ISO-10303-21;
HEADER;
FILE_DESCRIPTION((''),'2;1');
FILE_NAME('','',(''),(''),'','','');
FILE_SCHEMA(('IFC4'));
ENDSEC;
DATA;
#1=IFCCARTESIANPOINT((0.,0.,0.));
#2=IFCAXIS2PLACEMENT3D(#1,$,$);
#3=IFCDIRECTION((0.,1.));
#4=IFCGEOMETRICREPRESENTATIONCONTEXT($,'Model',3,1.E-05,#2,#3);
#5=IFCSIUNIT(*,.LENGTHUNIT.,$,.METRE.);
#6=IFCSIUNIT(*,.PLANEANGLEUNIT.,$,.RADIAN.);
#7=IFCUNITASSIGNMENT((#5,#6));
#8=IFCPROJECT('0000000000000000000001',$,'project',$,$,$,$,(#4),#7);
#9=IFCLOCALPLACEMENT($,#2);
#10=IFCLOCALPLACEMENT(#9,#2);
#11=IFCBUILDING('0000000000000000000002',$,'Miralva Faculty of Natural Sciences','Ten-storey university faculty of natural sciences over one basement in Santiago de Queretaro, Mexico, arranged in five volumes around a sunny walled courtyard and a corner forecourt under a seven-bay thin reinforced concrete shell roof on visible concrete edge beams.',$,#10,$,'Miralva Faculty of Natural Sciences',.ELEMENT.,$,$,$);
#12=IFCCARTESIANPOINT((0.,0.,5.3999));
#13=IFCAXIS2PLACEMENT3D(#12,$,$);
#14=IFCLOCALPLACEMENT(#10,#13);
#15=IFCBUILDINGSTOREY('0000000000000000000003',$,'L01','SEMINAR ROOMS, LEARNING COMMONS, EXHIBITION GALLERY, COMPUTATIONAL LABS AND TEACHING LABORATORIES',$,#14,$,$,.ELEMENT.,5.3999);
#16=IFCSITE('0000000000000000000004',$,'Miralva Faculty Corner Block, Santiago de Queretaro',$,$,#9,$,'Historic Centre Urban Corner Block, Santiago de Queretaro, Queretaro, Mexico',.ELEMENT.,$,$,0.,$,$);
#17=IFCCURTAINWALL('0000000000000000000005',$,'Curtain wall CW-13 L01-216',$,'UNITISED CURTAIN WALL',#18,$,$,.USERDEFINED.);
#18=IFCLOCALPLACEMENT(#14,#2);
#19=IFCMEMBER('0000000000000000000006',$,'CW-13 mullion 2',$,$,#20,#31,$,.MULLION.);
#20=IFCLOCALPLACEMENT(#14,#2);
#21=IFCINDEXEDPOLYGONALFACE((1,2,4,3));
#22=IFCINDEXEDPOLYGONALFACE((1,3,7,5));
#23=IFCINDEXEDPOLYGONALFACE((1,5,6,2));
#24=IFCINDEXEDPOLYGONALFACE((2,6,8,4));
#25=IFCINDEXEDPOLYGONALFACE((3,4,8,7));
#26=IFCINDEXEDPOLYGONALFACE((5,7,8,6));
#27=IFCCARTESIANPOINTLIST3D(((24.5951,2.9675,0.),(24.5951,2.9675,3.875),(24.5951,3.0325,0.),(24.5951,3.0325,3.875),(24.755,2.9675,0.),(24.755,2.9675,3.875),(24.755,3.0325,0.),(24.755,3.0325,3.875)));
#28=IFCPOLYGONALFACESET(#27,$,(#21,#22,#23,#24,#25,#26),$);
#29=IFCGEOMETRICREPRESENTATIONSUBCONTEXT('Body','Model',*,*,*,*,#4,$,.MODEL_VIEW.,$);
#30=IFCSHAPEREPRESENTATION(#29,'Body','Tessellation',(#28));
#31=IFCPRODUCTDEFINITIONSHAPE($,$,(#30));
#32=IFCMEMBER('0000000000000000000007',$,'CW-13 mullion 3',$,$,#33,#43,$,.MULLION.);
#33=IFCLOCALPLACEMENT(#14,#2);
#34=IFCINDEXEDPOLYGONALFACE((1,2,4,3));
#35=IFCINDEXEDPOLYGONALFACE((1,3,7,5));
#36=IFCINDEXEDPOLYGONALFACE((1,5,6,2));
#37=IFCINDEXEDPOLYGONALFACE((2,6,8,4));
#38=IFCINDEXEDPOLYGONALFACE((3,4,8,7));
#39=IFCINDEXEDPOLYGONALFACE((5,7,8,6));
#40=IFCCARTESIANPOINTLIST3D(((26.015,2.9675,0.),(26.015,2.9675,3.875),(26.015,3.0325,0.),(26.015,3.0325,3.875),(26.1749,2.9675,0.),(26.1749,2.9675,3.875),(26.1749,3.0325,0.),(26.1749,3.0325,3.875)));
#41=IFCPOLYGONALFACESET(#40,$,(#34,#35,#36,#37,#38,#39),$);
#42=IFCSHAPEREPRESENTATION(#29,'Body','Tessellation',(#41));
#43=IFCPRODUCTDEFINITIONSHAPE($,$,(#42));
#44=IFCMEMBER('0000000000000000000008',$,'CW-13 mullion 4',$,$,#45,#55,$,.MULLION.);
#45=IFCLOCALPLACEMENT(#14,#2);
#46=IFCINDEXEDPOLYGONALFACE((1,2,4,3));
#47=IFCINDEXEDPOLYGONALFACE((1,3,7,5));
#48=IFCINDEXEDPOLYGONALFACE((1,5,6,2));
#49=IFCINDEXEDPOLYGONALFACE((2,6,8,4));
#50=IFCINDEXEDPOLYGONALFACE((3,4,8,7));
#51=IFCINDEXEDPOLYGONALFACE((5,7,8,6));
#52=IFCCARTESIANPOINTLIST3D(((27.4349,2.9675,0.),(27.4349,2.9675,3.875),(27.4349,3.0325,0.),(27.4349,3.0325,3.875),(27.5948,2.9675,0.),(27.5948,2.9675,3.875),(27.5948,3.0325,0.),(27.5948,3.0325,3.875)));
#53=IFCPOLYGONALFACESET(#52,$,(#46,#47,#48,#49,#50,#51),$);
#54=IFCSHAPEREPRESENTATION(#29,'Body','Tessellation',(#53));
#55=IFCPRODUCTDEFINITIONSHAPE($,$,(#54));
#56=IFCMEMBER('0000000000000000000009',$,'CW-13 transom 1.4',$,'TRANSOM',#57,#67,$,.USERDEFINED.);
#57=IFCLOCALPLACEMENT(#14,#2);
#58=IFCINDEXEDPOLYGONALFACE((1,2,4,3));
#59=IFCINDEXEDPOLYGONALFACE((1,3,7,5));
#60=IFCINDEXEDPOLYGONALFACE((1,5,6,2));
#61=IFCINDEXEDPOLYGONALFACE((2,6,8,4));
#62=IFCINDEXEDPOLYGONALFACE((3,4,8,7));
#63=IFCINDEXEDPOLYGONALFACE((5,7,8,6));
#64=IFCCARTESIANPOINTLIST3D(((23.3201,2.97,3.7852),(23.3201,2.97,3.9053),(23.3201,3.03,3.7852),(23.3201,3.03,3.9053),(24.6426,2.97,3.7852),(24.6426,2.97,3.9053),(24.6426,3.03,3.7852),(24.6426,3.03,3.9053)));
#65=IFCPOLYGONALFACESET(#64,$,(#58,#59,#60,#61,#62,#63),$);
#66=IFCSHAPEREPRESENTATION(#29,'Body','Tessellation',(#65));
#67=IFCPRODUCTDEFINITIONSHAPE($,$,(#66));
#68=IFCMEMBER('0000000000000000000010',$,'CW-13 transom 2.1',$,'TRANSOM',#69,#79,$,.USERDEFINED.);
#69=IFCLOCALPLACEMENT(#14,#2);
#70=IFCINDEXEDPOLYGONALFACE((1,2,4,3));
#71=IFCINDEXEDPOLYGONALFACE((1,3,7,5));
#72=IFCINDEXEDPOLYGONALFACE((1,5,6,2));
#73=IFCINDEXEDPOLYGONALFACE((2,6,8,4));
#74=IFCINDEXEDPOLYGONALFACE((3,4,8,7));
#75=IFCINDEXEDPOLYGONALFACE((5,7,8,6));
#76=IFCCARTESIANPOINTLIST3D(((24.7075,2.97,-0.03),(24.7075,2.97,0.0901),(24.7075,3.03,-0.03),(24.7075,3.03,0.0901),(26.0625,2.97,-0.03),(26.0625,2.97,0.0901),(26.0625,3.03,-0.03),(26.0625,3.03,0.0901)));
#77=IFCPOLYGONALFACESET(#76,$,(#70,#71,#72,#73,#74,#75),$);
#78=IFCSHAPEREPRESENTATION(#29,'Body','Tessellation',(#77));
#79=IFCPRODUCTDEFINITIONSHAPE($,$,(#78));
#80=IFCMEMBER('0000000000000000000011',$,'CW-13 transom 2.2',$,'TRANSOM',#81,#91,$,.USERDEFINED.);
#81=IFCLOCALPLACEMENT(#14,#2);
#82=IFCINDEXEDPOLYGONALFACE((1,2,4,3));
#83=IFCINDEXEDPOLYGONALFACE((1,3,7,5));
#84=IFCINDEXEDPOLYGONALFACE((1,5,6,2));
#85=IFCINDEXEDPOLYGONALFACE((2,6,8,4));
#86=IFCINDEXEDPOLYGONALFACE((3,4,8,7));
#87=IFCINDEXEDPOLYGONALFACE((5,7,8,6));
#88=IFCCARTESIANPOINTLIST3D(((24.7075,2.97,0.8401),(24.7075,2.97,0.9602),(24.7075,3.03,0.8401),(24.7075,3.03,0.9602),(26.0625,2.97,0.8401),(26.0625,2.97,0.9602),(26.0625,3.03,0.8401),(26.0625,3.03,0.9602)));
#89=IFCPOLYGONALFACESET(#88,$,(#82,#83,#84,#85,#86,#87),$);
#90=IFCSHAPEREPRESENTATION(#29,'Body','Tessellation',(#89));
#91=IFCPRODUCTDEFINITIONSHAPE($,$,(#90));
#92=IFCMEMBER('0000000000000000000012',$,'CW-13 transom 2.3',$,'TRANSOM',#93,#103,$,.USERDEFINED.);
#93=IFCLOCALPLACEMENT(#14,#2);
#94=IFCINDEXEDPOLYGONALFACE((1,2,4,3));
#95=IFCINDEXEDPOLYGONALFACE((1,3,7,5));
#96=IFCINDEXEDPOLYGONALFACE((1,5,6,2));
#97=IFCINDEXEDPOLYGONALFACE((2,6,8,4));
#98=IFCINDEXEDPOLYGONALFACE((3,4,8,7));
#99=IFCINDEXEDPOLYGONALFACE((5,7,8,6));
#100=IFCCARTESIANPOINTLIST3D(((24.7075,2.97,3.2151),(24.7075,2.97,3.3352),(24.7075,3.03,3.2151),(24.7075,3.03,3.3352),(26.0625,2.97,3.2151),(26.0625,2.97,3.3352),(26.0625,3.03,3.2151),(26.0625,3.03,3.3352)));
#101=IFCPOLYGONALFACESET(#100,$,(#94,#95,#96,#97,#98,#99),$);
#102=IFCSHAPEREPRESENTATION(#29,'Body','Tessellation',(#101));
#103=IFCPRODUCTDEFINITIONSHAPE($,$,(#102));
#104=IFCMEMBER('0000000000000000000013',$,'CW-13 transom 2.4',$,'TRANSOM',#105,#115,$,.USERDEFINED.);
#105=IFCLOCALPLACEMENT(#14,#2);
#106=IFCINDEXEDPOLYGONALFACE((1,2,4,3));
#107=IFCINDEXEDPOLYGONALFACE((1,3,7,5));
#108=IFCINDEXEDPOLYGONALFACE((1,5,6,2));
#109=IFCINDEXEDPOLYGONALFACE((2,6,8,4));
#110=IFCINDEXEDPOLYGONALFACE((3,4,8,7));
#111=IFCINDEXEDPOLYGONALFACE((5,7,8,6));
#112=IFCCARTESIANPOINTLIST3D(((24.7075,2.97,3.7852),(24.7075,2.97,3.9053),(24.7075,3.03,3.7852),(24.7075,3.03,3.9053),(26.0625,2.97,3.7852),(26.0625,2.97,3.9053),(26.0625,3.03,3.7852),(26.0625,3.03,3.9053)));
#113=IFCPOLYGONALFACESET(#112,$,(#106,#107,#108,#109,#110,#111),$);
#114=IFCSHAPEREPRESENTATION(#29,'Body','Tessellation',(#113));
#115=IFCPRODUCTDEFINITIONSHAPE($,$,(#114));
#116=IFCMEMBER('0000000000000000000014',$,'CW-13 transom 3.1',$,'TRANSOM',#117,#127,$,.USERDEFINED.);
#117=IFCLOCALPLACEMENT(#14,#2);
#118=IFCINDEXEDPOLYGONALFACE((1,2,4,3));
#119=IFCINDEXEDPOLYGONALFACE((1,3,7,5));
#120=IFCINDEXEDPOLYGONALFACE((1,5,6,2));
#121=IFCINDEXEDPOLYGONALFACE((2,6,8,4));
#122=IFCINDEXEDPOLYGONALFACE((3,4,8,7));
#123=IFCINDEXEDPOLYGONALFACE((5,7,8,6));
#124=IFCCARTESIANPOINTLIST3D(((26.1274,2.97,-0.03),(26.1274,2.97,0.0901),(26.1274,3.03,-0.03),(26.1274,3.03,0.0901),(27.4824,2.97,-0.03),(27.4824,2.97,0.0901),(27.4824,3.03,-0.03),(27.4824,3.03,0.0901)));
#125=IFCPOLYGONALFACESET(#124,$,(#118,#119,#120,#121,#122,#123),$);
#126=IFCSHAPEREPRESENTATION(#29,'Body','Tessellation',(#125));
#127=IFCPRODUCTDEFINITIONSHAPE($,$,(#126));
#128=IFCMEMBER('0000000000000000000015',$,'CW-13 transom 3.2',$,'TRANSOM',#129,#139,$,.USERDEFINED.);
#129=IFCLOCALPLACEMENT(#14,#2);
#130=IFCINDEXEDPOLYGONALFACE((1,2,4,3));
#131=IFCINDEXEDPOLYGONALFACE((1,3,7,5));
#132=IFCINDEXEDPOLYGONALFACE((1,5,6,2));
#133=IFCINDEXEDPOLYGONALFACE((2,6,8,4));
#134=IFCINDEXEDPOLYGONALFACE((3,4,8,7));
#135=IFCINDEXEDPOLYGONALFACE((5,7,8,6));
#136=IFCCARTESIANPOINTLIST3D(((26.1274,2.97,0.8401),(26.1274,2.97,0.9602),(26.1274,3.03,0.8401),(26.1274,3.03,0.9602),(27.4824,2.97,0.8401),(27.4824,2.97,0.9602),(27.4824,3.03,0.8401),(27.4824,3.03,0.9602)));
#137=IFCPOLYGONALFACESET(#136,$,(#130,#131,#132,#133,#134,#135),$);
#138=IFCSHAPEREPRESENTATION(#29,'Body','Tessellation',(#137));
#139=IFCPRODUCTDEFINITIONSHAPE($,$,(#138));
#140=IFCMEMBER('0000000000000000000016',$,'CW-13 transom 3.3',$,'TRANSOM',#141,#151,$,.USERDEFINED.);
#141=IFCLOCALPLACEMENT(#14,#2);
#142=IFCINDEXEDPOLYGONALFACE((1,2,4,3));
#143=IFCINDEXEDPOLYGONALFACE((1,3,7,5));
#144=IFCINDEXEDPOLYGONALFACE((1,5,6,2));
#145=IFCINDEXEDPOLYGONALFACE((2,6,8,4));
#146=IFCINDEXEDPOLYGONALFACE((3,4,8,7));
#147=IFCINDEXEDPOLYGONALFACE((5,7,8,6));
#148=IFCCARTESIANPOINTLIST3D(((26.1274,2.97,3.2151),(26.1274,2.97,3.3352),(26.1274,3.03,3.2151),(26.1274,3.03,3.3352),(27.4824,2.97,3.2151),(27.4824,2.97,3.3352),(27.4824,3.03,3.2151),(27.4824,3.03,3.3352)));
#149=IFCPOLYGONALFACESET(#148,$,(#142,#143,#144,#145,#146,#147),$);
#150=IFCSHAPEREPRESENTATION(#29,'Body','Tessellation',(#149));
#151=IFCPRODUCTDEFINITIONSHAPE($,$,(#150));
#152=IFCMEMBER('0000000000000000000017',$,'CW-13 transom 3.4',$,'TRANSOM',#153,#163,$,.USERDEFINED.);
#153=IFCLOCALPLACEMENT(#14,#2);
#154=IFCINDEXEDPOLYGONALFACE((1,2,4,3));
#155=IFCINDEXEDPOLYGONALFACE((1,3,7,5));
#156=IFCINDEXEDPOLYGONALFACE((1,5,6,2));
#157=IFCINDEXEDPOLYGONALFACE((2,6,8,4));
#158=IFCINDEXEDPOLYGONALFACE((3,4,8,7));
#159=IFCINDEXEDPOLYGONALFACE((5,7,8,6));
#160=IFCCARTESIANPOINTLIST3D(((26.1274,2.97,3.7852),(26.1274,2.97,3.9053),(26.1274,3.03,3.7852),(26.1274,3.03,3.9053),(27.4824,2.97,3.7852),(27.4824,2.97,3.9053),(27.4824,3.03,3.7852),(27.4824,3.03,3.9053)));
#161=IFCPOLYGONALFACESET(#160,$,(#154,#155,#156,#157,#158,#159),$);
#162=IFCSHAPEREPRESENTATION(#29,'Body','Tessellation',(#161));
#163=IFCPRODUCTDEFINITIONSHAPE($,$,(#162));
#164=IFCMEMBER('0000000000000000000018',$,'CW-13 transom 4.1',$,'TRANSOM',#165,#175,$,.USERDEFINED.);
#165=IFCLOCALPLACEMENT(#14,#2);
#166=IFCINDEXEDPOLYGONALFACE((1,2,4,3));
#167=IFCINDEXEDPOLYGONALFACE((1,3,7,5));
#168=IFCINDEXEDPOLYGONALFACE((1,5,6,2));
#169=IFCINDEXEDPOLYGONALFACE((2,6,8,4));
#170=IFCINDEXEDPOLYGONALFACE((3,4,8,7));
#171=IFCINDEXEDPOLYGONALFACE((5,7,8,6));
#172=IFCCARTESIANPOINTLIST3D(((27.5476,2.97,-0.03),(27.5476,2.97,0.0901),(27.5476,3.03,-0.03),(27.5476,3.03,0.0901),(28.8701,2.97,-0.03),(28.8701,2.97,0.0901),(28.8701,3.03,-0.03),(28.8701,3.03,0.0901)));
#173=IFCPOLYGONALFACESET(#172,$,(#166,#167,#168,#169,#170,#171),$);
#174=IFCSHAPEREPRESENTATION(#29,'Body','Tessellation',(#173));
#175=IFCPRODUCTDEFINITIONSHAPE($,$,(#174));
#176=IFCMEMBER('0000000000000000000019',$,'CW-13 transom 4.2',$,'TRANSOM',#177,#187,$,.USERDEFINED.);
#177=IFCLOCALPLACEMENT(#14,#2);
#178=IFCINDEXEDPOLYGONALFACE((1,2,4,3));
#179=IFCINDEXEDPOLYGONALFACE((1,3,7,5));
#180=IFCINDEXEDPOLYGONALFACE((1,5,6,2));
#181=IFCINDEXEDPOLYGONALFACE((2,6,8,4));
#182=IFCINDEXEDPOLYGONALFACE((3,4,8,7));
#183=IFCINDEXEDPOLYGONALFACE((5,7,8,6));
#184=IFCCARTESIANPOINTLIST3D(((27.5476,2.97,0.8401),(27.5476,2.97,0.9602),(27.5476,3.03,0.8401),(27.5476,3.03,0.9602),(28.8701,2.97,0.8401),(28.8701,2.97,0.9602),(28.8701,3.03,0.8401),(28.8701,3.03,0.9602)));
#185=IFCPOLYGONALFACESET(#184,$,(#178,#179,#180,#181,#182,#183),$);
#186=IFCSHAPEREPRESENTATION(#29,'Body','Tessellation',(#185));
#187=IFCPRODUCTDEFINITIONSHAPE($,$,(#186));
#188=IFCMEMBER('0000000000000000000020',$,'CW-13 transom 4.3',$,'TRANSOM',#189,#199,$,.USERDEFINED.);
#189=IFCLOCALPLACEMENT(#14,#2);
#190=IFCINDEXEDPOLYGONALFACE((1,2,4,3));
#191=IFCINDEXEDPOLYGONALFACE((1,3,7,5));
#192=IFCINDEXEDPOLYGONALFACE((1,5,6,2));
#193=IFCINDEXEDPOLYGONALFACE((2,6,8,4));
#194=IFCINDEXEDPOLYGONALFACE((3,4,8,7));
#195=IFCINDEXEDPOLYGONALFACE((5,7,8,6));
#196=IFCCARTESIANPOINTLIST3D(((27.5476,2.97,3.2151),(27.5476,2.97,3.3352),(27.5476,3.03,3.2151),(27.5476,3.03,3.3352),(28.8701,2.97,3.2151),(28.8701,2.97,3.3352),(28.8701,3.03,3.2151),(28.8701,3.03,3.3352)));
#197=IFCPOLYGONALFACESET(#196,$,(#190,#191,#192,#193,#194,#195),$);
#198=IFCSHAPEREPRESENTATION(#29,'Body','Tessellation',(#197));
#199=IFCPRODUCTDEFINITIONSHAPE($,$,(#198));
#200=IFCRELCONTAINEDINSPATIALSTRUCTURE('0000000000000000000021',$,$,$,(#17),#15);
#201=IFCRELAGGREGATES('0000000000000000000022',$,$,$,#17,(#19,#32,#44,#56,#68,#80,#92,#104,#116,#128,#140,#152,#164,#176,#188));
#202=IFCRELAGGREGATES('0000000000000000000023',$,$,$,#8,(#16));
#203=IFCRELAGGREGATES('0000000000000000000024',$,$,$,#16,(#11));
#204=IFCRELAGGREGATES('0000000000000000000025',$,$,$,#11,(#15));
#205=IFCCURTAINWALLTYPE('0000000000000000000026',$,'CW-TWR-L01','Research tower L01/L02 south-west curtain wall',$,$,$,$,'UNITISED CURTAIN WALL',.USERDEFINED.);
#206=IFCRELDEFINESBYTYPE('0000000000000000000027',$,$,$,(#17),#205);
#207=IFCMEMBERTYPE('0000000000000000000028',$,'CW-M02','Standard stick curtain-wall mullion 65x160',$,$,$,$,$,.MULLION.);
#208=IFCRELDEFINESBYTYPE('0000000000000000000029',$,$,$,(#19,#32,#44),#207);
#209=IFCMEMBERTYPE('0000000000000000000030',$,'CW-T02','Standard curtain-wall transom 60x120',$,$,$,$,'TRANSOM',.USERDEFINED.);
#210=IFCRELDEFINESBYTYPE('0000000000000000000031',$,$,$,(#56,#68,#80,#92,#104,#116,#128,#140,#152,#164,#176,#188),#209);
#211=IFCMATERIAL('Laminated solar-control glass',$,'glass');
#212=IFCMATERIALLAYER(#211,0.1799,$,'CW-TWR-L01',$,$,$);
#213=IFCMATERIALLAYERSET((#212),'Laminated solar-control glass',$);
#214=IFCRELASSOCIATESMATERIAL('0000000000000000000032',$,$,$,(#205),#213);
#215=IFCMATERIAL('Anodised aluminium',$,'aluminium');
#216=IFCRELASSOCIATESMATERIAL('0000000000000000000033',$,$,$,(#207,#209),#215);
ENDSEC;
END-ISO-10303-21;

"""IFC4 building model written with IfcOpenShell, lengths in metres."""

from ifc_helpers import new_model, si_unit, direction, frame, origin, origin_2d, place, context, subcontext, project, spatial, rectangle, extrude, material, layer, layer_set, material_profile, profile_set, type_object, element, aggregate, save


model = new_model("IFC4")

# Units and contexts
model_context = context("Model", 3, precision=1e-05, world=origin(), true_north=direction((0.0, 1.0)))
body_context = subcontext(model_context, "Body", "Model", "MODEL_VIEW")
ifc_project = project(units=[si_unit("LENGTHUNIT", "METRE"), si_unit("PLANEANGLEUNIT", "RADIAN")], contexts=[model_context])

# Site, building, storey
site_placement = place(None, origin())
site = spatial("IfcSite", under=ifc_project, at=site_placement, Name="Miralva Faculty Corner Block, Santiago de Queretaro", LongName="Historic Centre Urban Corner Block, Santiago de Queretaro, Queretaro, Mexico", CompositionType="ELEMENT", RefElevation=0.0)
building_placement = place(site_placement, origin())
building = spatial("IfcBuilding", under=site, at=building_placement, Name="Miralva Faculty of Natural Sciences", Description="Ten-storey university faculty of natural sciences over one basement in Santiago de Queretaro, Mexico, arranged in five volumes around a sunny walled courtyard and a corner forecourt under a seven-bay thin reinforced concrete shell roof on visible concrete edge beams.", LongName="Miralva Faculty of Natural Sciences", CompositionType="ELEMENT")
storey_placement = place(building_placement, frame((0.0, 0.0, 5.3999)))
storey = spatial("IfcBuildingStorey", under=building, at=storey_placement, Name="L01", Description="SEMINAR ROOMS, LEARNING COMMONS, EXHIBITION GALLERY, COMPUTATIONAL LABS AND TEACHING LABORATORIES", CompositionType="ELEMENT", Elevation=5.3999)

# Curtain wall, members
ifc_material_1 = material(Name="Laminated solar-control glass", Category="glass")
ifc_layer_1 = layer(ifc_material_1, 0.1799, Name="CW-TWR-L01")
ifc_layer_set_1 = layer_set([ifc_layer_1], Name="Laminated solar-control glass")
curtain_wall_type = type_object("IfcCurtainWallType", Name="CW-TWR-L01", Description="Research tower L01/L02 south-west curtain wall", ElementType="UNITISED CURTAIN WALL", PredefinedType="USERDEFINED", material=ifc_layer_set_1)
curtain_wall_placement = place(storey_placement, origin())
curtain_wall = element("IfcCurtainWall", 1, at=curtain_wall_placement, inside=storey, type_object=curtain_wall_type, Name="Curtain wall CW-13 L01-216", ObjectType="UNITISED CURTAIN WALL", PredefinedType="USERDEFINED")
ifc_material_2 = material(Name="Anodised aluminium", Category="aluminium")
ifc_material_profile_1 = material_profile(ifc_material_2, rectangle(XDim=0.0649, YDim=0.1599, at=origin_2d()), Name="MULLION 65x160")
ifc_profile_set_1 = profile_set([ifc_material_profile_1], Name="Anodised aluminium")
member_type_1 = type_object("IfcMemberType", Name="CW-M02", Description="Standard stick curtain-wall mullion 65x160", PredefinedType="MULLION", material=ifc_profile_set_1)
member_1_placement = place(storey_placement, frame((24.675, 3.0, 0.0), z_axis=(0.0, 0.0, 1.0), x_axis=(0.0, 1.0, 0.0)))
member_1 = element("IfcMember", 2, at=member_1_placement, type_object=member_type_1, Name="CW-13 mullion 2", PredefinedType="MULLION", context=body_context, shape_type="SweptSolid", body=[
    extrude(rectangle(XDim=0.0649, YDim=0.1599, at=origin_2d()), origin(), (0.0, 0.0, 1.0), 3.875),
])
member_2_placement = place(storey_placement, frame((26.095, 3.0, 0.0), z_axis=(0.0, 0.0, 1.0), x_axis=(0.0, 1.0, 0.0)))
member_2 = element("IfcMember", 3, at=member_2_placement, type_object=member_type_1, Name="CW-13 mullion 3", PredefinedType="MULLION", context=body_context, shape_type="SweptSolid", body=[
    extrude(rectangle(XDim=0.0649, YDim=0.1599, at=origin_2d()), origin(), (0.0, 0.0, 1.0), 3.875),
])
member_3_placement = place(storey_placement, frame((27.5149, 3.0, 0.0), z_axis=(0.0, 0.0, 1.0), x_axis=(0.0, 1.0, 0.0)))
member_3 = element("IfcMember", 4, at=member_3_placement, type_object=member_type_1, Name="CW-13 mullion 4", PredefinedType="MULLION", context=body_context, shape_type="SweptSolid", body=[
    extrude(rectangle(XDim=0.0649, YDim=0.1599, at=origin_2d()), origin(), (0.0, 0.0, 1.0), 3.875),
])
ifc_material_profile_2 = material_profile(ifc_material_2, rectangle(XDim=0.0601, YDim=0.1201, at=origin_2d()), Name="TRANSOM 60x120")
ifc_profile_set_2 = profile_set([ifc_material_profile_2], Name="Anodised aluminium")
member_type_2 = type_object("IfcMemberType", Name="CW-T02", Description="Standard curtain-wall transom 60x120", ElementType="TRANSOM", PredefinedType="USERDEFINED", material=ifc_profile_set_2)
member_4_placement = place(storey_placement, frame((23.3201, 3.0, 3.8452), z_axis=(1.0, 0.0, 0.0), x_axis=(0.0, 1.0, 0.0)))
member_4 = element("IfcMember", 5, at=member_4_placement, type_object=member_type_2, Name="CW-13 transom 1.4", ObjectType="TRANSOM", PredefinedType="USERDEFINED", context=body_context, shape_type="SweptSolid", body=[
    extrude(rectangle(XDim=0.0601, YDim=0.1201, at=origin_2d()), origin(), (0.0, 0.0, 1.0), 1.3225),
])
member_5_placement = place(storey_placement, frame((24.7075, 3.0, 0.03), z_axis=(1.0, 0.0, 0.0), x_axis=(0.0, 1.0, 0.0)))
member_5 = element("IfcMember", 6, at=member_5_placement, type_object=member_type_2, Name="CW-13 transom 2.1", ObjectType="TRANSOM", PredefinedType="USERDEFINED", context=body_context, shape_type="SweptSolid", body=[
    extrude(rectangle(XDim=0.0601, YDim=0.1201, at=origin_2d()), origin(), (0.0, 0.0, 1.0), 1.355),
])
member_6_placement = place(storey_placement, frame((24.7075, 3.0, 0.9001), z_axis=(1.0, 0.0, 0.0), x_axis=(0.0, 1.0, 0.0)))
member_6 = element("IfcMember", 7, at=member_6_placement, type_object=member_type_2, Name="CW-13 transom 2.2", ObjectType="TRANSOM", PredefinedType="USERDEFINED", context=body_context, shape_type="SweptSolid", body=[
    extrude(rectangle(XDim=0.0601, YDim=0.1201, at=origin_2d()), origin(), (0.0, 0.0, 1.0), 1.355),
])
member_7_placement = place(storey_placement, frame((24.7075, 3.0, 3.2751), z_axis=(1.0, 0.0, 0.0), x_axis=(0.0, 1.0, 0.0)))
member_7 = element("IfcMember", 8, at=member_7_placement, type_object=member_type_2, Name="CW-13 transom 2.3", ObjectType="TRANSOM", PredefinedType="USERDEFINED", context=body_context, shape_type="SweptSolid", body=[
    extrude(rectangle(XDim=0.0601, YDim=0.1201, at=origin_2d()), origin(), (0.0, 0.0, 1.0), 1.355),
])
member_8_placement = place(storey_placement, frame((24.7075, 3.0, 3.8452), z_axis=(1.0, 0.0, 0.0), x_axis=(0.0, 1.0, 0.0)))
member_8 = element("IfcMember", 9, at=member_8_placement, type_object=member_type_2, Name="CW-13 transom 2.4", ObjectType="TRANSOM", PredefinedType="USERDEFINED", context=body_context, shape_type="SweptSolid", body=[
    extrude(rectangle(XDim=0.0601, YDim=0.1201, at=origin_2d()), origin(), (0.0, 0.0, 1.0), 1.355),
])
member_9_placement = place(storey_placement, frame((26.1274, 3.0, 0.03), z_axis=(1.0, 0.0, 0.0), x_axis=(0.0, 1.0, 0.0)))
member_9 = element("IfcMember", 10, at=member_9_placement, type_object=member_type_2, Name="CW-13 transom 3.1", ObjectType="TRANSOM", PredefinedType="USERDEFINED", context=body_context, shape_type="SweptSolid", body=[
    extrude(rectangle(XDim=0.0601, YDim=0.1201, at=origin_2d()), origin(), (0.0, 0.0, 1.0), 1.355),
])
member_10_placement = place(storey_placement, frame((26.1274, 3.0, 0.9001), z_axis=(1.0, 0.0, 0.0), x_axis=(0.0, 1.0, 0.0)))
member_10 = element("IfcMember", 11, at=member_10_placement, type_object=member_type_2, Name="CW-13 transom 3.2", ObjectType="TRANSOM", PredefinedType="USERDEFINED", context=body_context, shape_type="SweptSolid", body=[
    extrude(rectangle(XDim=0.0601, YDim=0.1201, at=origin_2d()), origin(), (0.0, 0.0, 1.0), 1.355),
])
member_11_placement = place(storey_placement, frame((26.1274, 3.0, 3.2751), z_axis=(1.0, 0.0, 0.0), x_axis=(0.0, 1.0, 0.0)))
member_11 = element("IfcMember", 12, at=member_11_placement, type_object=member_type_2, Name="CW-13 transom 3.3", ObjectType="TRANSOM", PredefinedType="USERDEFINED", context=body_context, shape_type="SweptSolid", body=[
    extrude(rectangle(XDim=0.0601, YDim=0.1201, at=origin_2d()), origin(), (0.0, 0.0, 1.0), 1.355),
])
member_12_placement = place(storey_placement, frame((26.1274, 3.0, 3.8452), z_axis=(1.0, 0.0, 0.0), x_axis=(0.0, 1.0, 0.0)))
member_12 = element("IfcMember", 13, at=member_12_placement, type_object=member_type_2, Name="CW-13 transom 3.4", ObjectType="TRANSOM", PredefinedType="USERDEFINED", context=body_context, shape_type="SweptSolid", body=[
    extrude(rectangle(XDim=0.0601, YDim=0.1201, at=origin_2d()), origin(), (0.0, 0.0, 1.0), 1.355),
])
member_13_placement = place(storey_placement, frame((27.5476, 3.0, 0.03), z_axis=(1.0, 0.0, 0.0), x_axis=(0.0, 1.0, 0.0)))
member_13 = element("IfcMember", 14, at=member_13_placement, type_object=member_type_2, Name="CW-13 transom 4.1", ObjectType="TRANSOM", PredefinedType="USERDEFINED", context=body_context, shape_type="SweptSolid", body=[
    extrude(rectangle(XDim=0.0601, YDim=0.1201, at=origin_2d()), origin(), (0.0, 0.0, 1.0), 1.3225),
])
member_14_placement = place(storey_placement, frame((27.5476, 3.0, 0.9001), z_axis=(1.0, 0.0, 0.0), x_axis=(0.0, 1.0, 0.0)))
member_14 = element("IfcMember", 15, at=member_14_placement, type_object=member_type_2, Name="CW-13 transom 4.2", ObjectType="TRANSOM", PredefinedType="USERDEFINED", context=body_context, shape_type="SweptSolid", body=[
    extrude(rectangle(XDim=0.0601, YDim=0.1201, at=origin_2d()), origin(), (0.0, 0.0, 1.0), 1.3225),
])
member_15_placement = place(storey_placement, frame((27.5476, 3.0, 3.2751), z_axis=(1.0, 0.0, 0.0), x_axis=(0.0, 1.0, 0.0)))
member_15 = element("IfcMember", 16, at=member_15_placement, type_object=member_type_2, Name="CW-13 transom 4.3", ObjectType="TRANSOM", PredefinedType="USERDEFINED", context=body_context, shape_type="SweptSolid", body=[
    extrude(rectangle(XDim=0.0601, YDim=0.1201, at=origin_2d()), origin(), (0.0, 0.0, 1.0), 1.3225),
])

aggregate(curtain_wall, [member_1, member_2, member_3, member_4, member_5, member_6, member_7, member_8, member_9, member_10, member_11, member_12, member_13, member_14, member_15])

save(model, "model.ifc")
